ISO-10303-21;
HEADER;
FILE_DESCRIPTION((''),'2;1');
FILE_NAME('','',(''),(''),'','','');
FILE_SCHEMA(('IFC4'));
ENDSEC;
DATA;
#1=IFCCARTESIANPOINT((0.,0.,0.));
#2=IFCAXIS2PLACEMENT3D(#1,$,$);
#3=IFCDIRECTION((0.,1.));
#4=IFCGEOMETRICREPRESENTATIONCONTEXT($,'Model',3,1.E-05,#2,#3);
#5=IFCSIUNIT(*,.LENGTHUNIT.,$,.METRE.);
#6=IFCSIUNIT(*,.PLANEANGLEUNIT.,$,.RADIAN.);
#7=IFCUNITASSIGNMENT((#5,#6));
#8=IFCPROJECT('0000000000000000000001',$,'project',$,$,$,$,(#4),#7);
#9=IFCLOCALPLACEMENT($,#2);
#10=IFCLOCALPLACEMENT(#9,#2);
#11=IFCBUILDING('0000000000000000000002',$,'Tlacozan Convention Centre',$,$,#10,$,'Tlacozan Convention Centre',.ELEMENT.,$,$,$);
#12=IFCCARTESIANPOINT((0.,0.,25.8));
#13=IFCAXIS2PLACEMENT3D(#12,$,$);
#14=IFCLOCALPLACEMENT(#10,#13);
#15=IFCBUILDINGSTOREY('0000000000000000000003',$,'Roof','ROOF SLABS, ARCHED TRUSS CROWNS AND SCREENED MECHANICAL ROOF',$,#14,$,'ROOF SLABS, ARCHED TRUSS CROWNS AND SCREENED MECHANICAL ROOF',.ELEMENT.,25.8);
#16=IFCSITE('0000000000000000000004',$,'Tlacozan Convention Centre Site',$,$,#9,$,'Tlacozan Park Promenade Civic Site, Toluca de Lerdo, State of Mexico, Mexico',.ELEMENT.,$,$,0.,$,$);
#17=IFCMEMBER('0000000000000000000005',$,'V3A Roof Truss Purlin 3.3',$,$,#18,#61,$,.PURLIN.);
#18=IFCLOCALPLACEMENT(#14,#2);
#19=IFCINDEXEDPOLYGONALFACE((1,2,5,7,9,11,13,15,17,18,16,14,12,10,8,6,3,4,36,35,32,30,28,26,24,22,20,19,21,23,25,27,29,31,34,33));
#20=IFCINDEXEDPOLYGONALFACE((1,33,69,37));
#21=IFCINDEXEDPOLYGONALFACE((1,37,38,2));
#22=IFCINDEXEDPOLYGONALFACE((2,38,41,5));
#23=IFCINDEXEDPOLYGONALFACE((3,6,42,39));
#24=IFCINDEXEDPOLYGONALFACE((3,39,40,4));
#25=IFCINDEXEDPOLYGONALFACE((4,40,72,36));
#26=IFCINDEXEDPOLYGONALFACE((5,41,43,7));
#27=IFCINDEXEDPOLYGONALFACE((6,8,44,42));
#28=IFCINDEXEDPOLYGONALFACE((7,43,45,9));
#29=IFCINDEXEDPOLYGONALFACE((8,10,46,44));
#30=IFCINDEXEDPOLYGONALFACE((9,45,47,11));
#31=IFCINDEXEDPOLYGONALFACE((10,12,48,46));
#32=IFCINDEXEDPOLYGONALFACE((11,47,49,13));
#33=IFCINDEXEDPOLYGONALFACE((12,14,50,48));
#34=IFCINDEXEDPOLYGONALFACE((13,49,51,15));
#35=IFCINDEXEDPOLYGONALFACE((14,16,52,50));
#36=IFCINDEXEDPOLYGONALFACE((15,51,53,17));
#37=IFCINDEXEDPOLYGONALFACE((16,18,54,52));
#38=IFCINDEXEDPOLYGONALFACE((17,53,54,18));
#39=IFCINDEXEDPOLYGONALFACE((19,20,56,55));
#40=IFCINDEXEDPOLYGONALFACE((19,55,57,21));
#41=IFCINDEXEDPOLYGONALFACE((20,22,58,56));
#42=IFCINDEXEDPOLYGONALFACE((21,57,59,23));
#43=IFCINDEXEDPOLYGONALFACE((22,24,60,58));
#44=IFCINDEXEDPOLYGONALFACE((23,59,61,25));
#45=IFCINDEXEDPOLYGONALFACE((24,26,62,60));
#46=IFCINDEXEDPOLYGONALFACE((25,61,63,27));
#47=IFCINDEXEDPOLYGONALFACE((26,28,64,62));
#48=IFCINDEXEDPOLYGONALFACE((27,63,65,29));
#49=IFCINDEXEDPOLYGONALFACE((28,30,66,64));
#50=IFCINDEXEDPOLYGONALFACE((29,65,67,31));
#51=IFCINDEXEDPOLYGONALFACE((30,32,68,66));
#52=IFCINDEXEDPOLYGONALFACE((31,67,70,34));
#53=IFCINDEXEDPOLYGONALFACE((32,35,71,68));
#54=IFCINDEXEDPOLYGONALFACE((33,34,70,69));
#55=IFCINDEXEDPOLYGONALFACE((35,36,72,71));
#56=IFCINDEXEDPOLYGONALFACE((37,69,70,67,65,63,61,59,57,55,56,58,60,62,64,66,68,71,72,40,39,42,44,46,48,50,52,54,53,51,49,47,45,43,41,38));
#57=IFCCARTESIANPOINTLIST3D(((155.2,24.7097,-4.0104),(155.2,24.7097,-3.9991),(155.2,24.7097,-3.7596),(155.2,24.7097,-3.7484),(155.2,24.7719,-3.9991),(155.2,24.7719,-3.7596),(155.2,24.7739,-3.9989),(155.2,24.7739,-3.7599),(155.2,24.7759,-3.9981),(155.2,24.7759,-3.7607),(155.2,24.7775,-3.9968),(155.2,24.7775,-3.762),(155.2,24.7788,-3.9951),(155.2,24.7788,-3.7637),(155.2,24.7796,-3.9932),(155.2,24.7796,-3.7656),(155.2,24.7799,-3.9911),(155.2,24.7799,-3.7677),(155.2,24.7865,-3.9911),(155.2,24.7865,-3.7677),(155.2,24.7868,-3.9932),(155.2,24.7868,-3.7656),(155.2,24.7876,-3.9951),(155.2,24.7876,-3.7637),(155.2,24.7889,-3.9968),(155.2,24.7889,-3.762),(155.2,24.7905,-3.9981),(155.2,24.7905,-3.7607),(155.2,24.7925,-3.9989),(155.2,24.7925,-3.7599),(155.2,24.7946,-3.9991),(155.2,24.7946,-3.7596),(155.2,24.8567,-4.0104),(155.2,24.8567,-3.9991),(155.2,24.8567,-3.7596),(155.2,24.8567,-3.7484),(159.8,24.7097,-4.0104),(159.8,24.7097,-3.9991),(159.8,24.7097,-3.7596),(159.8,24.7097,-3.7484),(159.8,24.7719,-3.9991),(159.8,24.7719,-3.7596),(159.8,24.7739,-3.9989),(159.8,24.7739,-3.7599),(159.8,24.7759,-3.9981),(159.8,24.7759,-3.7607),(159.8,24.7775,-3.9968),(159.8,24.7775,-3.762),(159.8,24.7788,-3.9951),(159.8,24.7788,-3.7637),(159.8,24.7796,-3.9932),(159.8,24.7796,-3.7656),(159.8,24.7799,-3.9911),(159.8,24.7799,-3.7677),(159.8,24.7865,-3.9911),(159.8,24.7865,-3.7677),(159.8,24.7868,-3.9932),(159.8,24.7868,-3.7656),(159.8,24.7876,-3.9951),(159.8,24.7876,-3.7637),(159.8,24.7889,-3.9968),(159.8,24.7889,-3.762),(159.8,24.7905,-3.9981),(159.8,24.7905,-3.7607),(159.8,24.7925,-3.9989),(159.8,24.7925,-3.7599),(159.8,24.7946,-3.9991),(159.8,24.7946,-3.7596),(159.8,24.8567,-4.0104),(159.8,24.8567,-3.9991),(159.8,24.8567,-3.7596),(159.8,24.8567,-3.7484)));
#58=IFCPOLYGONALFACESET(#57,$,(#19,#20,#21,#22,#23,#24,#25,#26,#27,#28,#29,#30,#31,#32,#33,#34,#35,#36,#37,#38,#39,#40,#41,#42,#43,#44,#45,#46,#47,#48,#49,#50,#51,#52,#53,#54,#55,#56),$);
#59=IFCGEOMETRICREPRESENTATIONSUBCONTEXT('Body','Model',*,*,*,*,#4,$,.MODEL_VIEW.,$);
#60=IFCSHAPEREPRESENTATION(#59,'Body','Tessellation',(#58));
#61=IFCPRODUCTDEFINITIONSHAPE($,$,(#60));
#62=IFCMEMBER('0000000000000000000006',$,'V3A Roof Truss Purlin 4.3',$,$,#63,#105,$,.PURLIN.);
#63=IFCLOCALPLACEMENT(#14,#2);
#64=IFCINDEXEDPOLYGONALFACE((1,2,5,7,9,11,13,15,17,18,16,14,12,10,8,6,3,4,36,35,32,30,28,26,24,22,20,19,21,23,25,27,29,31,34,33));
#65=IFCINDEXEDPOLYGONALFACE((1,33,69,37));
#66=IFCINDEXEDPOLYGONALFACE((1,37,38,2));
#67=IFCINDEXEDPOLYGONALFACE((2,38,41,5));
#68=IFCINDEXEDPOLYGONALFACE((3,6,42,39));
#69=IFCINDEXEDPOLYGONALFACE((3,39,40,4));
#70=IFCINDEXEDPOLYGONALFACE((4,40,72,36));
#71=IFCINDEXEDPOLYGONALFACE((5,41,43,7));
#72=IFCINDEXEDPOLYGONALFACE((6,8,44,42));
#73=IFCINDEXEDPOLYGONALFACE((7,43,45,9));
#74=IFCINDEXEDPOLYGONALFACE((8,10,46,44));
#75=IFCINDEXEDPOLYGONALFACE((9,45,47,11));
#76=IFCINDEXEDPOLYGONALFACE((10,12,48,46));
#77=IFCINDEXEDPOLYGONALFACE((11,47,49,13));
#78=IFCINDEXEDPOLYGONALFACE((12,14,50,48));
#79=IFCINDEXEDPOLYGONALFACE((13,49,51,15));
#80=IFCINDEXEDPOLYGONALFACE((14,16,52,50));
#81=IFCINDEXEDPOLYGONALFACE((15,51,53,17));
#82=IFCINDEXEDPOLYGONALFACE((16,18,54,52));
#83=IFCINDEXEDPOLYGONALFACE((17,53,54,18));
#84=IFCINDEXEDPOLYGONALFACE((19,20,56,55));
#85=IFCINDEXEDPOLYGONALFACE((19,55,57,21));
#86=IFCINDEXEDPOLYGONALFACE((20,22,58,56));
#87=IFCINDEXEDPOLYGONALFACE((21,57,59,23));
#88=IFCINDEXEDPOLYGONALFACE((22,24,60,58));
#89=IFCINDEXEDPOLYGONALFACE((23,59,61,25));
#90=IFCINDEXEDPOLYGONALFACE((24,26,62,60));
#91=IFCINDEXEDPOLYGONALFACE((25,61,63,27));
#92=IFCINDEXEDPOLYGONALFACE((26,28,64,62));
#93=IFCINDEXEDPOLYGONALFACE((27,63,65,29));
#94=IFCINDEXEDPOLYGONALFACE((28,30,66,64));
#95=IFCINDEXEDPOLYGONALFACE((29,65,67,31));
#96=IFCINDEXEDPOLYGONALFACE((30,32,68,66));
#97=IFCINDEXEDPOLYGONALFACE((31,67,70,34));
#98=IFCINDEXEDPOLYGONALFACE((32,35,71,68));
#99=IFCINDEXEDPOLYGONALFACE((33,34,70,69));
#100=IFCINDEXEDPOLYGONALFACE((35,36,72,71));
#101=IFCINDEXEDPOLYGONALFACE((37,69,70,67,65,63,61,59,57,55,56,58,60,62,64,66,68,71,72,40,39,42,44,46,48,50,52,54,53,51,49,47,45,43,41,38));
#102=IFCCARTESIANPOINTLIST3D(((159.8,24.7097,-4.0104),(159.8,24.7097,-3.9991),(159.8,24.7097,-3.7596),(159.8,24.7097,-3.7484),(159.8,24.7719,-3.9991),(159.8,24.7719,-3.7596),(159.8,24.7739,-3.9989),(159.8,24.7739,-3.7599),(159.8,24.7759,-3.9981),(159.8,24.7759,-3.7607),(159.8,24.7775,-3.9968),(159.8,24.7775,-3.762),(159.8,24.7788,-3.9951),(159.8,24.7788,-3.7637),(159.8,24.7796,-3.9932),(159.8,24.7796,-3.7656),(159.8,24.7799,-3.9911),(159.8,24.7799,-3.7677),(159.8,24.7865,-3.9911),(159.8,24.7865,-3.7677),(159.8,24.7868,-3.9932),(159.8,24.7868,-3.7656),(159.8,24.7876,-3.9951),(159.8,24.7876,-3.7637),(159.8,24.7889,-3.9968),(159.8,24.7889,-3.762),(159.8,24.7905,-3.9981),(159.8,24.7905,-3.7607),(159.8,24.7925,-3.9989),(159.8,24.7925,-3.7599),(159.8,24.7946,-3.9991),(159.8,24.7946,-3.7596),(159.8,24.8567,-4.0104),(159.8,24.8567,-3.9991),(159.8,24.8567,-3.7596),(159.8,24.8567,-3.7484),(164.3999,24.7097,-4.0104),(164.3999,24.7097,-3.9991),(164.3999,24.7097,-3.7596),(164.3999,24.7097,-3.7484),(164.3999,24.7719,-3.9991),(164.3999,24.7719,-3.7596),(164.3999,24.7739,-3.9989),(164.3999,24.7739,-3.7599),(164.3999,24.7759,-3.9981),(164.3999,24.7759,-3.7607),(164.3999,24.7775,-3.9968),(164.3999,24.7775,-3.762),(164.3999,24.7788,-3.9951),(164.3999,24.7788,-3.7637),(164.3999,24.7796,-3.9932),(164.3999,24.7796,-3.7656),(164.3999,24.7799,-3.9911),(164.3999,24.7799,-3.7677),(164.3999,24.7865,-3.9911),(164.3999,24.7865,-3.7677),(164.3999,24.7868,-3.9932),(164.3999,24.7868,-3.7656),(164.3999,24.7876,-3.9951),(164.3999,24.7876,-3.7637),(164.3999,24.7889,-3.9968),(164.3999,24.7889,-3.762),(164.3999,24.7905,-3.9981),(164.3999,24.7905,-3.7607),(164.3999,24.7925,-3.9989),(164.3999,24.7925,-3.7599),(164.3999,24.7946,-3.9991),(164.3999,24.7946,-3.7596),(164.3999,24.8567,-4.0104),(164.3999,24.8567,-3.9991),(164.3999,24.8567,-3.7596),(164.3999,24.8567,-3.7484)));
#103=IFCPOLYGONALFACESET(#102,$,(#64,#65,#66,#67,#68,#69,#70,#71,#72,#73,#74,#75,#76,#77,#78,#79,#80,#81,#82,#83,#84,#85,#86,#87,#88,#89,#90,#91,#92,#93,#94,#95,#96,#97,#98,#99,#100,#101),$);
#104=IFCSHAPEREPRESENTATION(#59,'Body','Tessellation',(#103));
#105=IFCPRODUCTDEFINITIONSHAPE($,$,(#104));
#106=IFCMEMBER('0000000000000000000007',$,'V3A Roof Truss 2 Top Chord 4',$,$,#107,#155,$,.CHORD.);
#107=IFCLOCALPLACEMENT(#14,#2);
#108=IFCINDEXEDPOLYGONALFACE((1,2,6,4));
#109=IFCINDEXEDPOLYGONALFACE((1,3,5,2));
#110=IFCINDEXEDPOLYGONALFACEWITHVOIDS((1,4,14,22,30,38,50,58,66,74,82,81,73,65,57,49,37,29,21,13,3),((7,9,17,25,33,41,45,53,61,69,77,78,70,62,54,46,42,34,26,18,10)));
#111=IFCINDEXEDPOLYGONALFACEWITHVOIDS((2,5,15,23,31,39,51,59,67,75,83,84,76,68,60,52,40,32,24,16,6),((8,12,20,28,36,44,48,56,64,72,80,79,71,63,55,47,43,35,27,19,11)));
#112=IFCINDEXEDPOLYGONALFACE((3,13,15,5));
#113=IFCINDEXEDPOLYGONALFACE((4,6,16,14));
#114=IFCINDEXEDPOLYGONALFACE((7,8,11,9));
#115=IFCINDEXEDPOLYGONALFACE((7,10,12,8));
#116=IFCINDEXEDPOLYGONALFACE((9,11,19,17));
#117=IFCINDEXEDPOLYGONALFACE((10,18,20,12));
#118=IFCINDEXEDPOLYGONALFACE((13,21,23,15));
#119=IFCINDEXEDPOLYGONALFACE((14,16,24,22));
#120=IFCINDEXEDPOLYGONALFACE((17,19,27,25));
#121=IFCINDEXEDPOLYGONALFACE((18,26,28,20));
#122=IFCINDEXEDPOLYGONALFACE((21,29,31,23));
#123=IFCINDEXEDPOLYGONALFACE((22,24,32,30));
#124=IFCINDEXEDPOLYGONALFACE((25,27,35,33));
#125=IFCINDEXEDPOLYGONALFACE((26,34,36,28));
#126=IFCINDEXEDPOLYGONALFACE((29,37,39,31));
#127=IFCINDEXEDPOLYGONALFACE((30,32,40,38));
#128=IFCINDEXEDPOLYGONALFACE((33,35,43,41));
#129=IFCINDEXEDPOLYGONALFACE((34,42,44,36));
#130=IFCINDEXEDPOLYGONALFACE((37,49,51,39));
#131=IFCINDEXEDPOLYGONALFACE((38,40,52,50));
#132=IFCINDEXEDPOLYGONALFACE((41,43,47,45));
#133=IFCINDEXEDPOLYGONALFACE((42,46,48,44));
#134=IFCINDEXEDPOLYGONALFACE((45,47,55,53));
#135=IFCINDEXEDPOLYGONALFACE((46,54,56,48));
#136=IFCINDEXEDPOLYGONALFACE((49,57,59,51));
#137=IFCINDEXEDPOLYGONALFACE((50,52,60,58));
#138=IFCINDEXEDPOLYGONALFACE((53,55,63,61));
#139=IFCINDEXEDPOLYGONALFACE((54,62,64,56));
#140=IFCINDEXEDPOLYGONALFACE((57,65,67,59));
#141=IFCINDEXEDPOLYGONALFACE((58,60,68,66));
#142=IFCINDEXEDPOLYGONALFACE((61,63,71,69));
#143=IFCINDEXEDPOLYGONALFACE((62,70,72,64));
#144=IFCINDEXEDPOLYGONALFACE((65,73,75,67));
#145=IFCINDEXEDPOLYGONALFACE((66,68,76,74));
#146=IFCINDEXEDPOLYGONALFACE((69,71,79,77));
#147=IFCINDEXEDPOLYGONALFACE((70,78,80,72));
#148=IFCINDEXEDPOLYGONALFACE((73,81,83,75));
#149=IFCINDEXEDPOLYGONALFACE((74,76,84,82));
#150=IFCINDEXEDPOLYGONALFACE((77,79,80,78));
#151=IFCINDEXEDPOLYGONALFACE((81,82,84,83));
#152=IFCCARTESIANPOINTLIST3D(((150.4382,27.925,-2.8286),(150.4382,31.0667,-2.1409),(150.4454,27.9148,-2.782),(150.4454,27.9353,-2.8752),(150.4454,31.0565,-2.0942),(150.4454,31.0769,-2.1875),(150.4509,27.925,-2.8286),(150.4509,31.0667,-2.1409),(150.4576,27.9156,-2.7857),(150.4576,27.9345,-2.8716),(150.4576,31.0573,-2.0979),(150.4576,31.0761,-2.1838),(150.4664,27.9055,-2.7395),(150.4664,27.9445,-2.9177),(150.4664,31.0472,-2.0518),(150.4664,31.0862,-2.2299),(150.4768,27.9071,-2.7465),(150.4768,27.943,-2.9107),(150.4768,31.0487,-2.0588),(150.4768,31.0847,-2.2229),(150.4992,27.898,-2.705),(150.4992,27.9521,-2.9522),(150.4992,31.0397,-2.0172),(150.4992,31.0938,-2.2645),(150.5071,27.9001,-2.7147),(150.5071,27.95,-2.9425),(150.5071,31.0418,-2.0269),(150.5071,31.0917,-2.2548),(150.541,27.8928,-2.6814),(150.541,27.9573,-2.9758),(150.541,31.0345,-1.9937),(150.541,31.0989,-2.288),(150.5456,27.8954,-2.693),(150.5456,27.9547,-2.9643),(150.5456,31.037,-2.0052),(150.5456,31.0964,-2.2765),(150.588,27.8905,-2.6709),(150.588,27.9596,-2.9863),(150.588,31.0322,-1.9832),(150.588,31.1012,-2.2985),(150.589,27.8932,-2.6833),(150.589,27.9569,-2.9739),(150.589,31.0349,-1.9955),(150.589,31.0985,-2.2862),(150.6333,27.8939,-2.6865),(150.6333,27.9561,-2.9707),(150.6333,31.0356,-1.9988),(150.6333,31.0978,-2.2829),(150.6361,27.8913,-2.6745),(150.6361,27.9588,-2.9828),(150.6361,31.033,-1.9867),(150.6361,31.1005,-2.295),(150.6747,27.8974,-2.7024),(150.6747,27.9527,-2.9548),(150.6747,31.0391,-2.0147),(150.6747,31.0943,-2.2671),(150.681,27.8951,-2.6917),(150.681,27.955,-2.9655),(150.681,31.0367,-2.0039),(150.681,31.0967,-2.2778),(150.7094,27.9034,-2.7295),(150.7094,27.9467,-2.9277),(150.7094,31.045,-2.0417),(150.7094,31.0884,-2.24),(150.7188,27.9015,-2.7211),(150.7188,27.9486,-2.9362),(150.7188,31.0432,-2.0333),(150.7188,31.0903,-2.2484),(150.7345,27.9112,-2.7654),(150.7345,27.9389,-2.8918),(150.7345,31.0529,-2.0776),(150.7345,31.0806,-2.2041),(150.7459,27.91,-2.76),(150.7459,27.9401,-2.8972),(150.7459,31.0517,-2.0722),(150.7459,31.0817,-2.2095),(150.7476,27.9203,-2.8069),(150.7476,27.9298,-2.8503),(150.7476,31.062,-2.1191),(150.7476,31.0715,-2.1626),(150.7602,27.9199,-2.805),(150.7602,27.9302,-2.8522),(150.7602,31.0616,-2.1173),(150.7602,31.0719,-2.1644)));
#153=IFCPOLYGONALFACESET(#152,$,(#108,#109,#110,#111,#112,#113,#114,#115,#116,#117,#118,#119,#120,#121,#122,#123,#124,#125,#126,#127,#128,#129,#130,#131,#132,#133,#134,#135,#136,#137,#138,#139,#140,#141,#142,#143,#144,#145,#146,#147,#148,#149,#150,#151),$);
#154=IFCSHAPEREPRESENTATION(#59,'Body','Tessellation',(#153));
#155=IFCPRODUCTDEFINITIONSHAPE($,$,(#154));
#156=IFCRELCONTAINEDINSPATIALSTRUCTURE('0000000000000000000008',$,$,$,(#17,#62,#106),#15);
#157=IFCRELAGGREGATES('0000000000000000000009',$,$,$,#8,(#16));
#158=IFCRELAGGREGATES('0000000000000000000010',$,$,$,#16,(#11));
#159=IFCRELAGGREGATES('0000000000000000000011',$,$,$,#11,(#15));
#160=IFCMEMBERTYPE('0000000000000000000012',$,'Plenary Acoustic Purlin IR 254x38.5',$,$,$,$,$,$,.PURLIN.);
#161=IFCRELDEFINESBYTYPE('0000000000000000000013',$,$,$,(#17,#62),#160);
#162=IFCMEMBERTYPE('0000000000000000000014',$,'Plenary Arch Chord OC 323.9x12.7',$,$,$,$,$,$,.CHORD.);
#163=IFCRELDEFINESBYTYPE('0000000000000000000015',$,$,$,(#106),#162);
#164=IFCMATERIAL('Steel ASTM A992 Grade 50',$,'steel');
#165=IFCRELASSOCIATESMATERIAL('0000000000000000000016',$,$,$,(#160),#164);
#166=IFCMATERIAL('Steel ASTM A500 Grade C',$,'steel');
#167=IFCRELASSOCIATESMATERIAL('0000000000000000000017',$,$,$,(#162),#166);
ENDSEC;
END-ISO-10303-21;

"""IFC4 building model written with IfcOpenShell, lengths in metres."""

from ifc_helpers import new_model, si_unit, direction, frame, origin, origin_2d, place, context, subcontext, project, spatial, hollow_circle, i_section, extrude, material, material_profile, profile_set, type_object, element, save


model = new_model("IFC4")

# Units and contexts
model_context = context("Model", 3, precision=1e-05, world=origin(), true_north=direction((0.0, 1.0)))
body_context = subcontext(model_context, "Body", "Model", "MODEL_VIEW")
ifc_project = project(units=[si_unit("LENGTHUNIT", "METRE"), si_unit("PLANEANGLEUNIT", "RADIAN")], contexts=[model_context])

# Site, building, storey
site_placement = place(None, origin())
site = spatial("IfcSite", under=ifc_project, at=site_placement, Name="Tlacozan Convention Centre Site", LongName="Tlacozan Park Promenade Civic Site, Toluca de Lerdo, State of Mexico, Mexico", CompositionType="ELEMENT", RefElevation=0.0)
building_placement = place(site_placement, origin())
building = spatial("IfcBuilding", under=site, at=building_placement, Name="Tlacozan Convention Centre", LongName="Tlacozan Convention Centre", CompositionType="ELEMENT")
storey_placement = place(building_placement, frame((0.0, 0.0, 25.8)))
storey = spatial("IfcBuildingStorey", under=building, at=storey_placement, Name="Roof", Description="ROOF SLABS, ARCHED TRUSS CROWNS AND SCREENED MECHANICAL ROOF", LongName="ROOF SLABS, ARCHED TRUSS CROWNS AND SCREENED MECHANICAL ROOF", CompositionType="ELEMENT", Elevation=25.8)

# Members
ifc_material_1 = material(Name="Steel ASTM A992 Grade 50", Category="steel")
ifc_material_profile_1 = material_profile(ifc_material_1, i_section(OverallWidth=0.147, OverallDepth=0.262, WebThickness=0.0066, FlangeThickness=0.0112, FilletRadius=0.0081, at=origin_2d()), Name="IR 254x38.5")
ifc_profile_set_1 = profile_set([ifc_material_profile_1], Name="Steel ASTM A992 Grade 50")
member_type_1 = type_object("IfcMemberType", Name="Plenary Acoustic Purlin IR 254x38.5", PredefinedType="PURLIN", material=ifc_profile_set_1)
member_1_placement = place(storey_placement, frame((155.2, 24.7832, -3.8794), z_axis=(1.0, 0.0, 0.0), x_axis=(0.0, 1.0, 0.0)))
element("IfcMember", 1, at=member_1_placement, inside=storey, type_object=member_type_1, Name="V3A Roof Truss Purlin 3.3", PredefinedType="PURLIN", context=body_context, shape_type="SweptSolid", body=[
    extrude(i_section(OverallWidth=0.147, OverallDepth=0.262, WebThickness=0.0066, FlangeThickness=0.0112, FilletRadius=0.0081, at=origin_2d()), origin(), (0.0, 0.0, 1.0), 4.6001),
])
member_2_placement = place(storey_placement, frame((159.8, 24.7832, -3.8794), z_axis=(1.0, 0.0, 0.0), x_axis=(0.0, 1.0, 0.0)))
element("IfcMember", 2, at=member_2_placement, inside=storey, type_object=member_type_1, Name="V3A Roof Truss Purlin 4.3", PredefinedType="PURLIN", context=body_context, shape_type="SweptSolid", body=[
    extrude(i_section(OverallWidth=0.147, OverallDepth=0.262, WebThickness=0.0066, FlangeThickness=0.0112, FilletRadius=0.0081, at=origin_2d()), origin(), (0.0, 0.0, 1.0), 4.5999),
])
ifc_material_2 = material(Name="Steel ASTM A500 Grade C", Category="steel")
ifc_material_profile_2 = material_profile(ifc_material_2, hollow_circle(Radius=0.1619, WallThickness=0.0127, at=origin_2d()), Name="OC 323.9x12.7")
ifc_profile_set_2 = profile_set([ifc_material_profile_2], Name="Steel ASTM A500 Grade C")
member_type_2 = type_object("IfcMemberType", Name="Plenary Arch Chord OC 323.9x12.7", PredefinedType="CHORD", material=ifc_profile_set_2)
for number, where, z_axis, x_axis, name in (
    (3, (150.6001, 27.925, -2.8286), (0.0, 0.976866, 0.213851), (-1.0, 0.0, 0.0), "V3A Roof Truss 2 Top Chord 4"),
):
    element("IfcMember", number, at=place(storey_placement, frame(where, z_axis=z_axis, x_axis=x_axis)), inside=storey, type_object=member_type_2, Name=name, PredefinedType="CHORD", context=body_context, shape_type="SweptSolid", body=[
        extrude(hollow_circle(Radius=0.1619, WallThickness=0.0127, at=origin_2d()), origin(), (0.0, 0.0, 1.0), 3.2161),
    ])

save(model, "model.ifc")
